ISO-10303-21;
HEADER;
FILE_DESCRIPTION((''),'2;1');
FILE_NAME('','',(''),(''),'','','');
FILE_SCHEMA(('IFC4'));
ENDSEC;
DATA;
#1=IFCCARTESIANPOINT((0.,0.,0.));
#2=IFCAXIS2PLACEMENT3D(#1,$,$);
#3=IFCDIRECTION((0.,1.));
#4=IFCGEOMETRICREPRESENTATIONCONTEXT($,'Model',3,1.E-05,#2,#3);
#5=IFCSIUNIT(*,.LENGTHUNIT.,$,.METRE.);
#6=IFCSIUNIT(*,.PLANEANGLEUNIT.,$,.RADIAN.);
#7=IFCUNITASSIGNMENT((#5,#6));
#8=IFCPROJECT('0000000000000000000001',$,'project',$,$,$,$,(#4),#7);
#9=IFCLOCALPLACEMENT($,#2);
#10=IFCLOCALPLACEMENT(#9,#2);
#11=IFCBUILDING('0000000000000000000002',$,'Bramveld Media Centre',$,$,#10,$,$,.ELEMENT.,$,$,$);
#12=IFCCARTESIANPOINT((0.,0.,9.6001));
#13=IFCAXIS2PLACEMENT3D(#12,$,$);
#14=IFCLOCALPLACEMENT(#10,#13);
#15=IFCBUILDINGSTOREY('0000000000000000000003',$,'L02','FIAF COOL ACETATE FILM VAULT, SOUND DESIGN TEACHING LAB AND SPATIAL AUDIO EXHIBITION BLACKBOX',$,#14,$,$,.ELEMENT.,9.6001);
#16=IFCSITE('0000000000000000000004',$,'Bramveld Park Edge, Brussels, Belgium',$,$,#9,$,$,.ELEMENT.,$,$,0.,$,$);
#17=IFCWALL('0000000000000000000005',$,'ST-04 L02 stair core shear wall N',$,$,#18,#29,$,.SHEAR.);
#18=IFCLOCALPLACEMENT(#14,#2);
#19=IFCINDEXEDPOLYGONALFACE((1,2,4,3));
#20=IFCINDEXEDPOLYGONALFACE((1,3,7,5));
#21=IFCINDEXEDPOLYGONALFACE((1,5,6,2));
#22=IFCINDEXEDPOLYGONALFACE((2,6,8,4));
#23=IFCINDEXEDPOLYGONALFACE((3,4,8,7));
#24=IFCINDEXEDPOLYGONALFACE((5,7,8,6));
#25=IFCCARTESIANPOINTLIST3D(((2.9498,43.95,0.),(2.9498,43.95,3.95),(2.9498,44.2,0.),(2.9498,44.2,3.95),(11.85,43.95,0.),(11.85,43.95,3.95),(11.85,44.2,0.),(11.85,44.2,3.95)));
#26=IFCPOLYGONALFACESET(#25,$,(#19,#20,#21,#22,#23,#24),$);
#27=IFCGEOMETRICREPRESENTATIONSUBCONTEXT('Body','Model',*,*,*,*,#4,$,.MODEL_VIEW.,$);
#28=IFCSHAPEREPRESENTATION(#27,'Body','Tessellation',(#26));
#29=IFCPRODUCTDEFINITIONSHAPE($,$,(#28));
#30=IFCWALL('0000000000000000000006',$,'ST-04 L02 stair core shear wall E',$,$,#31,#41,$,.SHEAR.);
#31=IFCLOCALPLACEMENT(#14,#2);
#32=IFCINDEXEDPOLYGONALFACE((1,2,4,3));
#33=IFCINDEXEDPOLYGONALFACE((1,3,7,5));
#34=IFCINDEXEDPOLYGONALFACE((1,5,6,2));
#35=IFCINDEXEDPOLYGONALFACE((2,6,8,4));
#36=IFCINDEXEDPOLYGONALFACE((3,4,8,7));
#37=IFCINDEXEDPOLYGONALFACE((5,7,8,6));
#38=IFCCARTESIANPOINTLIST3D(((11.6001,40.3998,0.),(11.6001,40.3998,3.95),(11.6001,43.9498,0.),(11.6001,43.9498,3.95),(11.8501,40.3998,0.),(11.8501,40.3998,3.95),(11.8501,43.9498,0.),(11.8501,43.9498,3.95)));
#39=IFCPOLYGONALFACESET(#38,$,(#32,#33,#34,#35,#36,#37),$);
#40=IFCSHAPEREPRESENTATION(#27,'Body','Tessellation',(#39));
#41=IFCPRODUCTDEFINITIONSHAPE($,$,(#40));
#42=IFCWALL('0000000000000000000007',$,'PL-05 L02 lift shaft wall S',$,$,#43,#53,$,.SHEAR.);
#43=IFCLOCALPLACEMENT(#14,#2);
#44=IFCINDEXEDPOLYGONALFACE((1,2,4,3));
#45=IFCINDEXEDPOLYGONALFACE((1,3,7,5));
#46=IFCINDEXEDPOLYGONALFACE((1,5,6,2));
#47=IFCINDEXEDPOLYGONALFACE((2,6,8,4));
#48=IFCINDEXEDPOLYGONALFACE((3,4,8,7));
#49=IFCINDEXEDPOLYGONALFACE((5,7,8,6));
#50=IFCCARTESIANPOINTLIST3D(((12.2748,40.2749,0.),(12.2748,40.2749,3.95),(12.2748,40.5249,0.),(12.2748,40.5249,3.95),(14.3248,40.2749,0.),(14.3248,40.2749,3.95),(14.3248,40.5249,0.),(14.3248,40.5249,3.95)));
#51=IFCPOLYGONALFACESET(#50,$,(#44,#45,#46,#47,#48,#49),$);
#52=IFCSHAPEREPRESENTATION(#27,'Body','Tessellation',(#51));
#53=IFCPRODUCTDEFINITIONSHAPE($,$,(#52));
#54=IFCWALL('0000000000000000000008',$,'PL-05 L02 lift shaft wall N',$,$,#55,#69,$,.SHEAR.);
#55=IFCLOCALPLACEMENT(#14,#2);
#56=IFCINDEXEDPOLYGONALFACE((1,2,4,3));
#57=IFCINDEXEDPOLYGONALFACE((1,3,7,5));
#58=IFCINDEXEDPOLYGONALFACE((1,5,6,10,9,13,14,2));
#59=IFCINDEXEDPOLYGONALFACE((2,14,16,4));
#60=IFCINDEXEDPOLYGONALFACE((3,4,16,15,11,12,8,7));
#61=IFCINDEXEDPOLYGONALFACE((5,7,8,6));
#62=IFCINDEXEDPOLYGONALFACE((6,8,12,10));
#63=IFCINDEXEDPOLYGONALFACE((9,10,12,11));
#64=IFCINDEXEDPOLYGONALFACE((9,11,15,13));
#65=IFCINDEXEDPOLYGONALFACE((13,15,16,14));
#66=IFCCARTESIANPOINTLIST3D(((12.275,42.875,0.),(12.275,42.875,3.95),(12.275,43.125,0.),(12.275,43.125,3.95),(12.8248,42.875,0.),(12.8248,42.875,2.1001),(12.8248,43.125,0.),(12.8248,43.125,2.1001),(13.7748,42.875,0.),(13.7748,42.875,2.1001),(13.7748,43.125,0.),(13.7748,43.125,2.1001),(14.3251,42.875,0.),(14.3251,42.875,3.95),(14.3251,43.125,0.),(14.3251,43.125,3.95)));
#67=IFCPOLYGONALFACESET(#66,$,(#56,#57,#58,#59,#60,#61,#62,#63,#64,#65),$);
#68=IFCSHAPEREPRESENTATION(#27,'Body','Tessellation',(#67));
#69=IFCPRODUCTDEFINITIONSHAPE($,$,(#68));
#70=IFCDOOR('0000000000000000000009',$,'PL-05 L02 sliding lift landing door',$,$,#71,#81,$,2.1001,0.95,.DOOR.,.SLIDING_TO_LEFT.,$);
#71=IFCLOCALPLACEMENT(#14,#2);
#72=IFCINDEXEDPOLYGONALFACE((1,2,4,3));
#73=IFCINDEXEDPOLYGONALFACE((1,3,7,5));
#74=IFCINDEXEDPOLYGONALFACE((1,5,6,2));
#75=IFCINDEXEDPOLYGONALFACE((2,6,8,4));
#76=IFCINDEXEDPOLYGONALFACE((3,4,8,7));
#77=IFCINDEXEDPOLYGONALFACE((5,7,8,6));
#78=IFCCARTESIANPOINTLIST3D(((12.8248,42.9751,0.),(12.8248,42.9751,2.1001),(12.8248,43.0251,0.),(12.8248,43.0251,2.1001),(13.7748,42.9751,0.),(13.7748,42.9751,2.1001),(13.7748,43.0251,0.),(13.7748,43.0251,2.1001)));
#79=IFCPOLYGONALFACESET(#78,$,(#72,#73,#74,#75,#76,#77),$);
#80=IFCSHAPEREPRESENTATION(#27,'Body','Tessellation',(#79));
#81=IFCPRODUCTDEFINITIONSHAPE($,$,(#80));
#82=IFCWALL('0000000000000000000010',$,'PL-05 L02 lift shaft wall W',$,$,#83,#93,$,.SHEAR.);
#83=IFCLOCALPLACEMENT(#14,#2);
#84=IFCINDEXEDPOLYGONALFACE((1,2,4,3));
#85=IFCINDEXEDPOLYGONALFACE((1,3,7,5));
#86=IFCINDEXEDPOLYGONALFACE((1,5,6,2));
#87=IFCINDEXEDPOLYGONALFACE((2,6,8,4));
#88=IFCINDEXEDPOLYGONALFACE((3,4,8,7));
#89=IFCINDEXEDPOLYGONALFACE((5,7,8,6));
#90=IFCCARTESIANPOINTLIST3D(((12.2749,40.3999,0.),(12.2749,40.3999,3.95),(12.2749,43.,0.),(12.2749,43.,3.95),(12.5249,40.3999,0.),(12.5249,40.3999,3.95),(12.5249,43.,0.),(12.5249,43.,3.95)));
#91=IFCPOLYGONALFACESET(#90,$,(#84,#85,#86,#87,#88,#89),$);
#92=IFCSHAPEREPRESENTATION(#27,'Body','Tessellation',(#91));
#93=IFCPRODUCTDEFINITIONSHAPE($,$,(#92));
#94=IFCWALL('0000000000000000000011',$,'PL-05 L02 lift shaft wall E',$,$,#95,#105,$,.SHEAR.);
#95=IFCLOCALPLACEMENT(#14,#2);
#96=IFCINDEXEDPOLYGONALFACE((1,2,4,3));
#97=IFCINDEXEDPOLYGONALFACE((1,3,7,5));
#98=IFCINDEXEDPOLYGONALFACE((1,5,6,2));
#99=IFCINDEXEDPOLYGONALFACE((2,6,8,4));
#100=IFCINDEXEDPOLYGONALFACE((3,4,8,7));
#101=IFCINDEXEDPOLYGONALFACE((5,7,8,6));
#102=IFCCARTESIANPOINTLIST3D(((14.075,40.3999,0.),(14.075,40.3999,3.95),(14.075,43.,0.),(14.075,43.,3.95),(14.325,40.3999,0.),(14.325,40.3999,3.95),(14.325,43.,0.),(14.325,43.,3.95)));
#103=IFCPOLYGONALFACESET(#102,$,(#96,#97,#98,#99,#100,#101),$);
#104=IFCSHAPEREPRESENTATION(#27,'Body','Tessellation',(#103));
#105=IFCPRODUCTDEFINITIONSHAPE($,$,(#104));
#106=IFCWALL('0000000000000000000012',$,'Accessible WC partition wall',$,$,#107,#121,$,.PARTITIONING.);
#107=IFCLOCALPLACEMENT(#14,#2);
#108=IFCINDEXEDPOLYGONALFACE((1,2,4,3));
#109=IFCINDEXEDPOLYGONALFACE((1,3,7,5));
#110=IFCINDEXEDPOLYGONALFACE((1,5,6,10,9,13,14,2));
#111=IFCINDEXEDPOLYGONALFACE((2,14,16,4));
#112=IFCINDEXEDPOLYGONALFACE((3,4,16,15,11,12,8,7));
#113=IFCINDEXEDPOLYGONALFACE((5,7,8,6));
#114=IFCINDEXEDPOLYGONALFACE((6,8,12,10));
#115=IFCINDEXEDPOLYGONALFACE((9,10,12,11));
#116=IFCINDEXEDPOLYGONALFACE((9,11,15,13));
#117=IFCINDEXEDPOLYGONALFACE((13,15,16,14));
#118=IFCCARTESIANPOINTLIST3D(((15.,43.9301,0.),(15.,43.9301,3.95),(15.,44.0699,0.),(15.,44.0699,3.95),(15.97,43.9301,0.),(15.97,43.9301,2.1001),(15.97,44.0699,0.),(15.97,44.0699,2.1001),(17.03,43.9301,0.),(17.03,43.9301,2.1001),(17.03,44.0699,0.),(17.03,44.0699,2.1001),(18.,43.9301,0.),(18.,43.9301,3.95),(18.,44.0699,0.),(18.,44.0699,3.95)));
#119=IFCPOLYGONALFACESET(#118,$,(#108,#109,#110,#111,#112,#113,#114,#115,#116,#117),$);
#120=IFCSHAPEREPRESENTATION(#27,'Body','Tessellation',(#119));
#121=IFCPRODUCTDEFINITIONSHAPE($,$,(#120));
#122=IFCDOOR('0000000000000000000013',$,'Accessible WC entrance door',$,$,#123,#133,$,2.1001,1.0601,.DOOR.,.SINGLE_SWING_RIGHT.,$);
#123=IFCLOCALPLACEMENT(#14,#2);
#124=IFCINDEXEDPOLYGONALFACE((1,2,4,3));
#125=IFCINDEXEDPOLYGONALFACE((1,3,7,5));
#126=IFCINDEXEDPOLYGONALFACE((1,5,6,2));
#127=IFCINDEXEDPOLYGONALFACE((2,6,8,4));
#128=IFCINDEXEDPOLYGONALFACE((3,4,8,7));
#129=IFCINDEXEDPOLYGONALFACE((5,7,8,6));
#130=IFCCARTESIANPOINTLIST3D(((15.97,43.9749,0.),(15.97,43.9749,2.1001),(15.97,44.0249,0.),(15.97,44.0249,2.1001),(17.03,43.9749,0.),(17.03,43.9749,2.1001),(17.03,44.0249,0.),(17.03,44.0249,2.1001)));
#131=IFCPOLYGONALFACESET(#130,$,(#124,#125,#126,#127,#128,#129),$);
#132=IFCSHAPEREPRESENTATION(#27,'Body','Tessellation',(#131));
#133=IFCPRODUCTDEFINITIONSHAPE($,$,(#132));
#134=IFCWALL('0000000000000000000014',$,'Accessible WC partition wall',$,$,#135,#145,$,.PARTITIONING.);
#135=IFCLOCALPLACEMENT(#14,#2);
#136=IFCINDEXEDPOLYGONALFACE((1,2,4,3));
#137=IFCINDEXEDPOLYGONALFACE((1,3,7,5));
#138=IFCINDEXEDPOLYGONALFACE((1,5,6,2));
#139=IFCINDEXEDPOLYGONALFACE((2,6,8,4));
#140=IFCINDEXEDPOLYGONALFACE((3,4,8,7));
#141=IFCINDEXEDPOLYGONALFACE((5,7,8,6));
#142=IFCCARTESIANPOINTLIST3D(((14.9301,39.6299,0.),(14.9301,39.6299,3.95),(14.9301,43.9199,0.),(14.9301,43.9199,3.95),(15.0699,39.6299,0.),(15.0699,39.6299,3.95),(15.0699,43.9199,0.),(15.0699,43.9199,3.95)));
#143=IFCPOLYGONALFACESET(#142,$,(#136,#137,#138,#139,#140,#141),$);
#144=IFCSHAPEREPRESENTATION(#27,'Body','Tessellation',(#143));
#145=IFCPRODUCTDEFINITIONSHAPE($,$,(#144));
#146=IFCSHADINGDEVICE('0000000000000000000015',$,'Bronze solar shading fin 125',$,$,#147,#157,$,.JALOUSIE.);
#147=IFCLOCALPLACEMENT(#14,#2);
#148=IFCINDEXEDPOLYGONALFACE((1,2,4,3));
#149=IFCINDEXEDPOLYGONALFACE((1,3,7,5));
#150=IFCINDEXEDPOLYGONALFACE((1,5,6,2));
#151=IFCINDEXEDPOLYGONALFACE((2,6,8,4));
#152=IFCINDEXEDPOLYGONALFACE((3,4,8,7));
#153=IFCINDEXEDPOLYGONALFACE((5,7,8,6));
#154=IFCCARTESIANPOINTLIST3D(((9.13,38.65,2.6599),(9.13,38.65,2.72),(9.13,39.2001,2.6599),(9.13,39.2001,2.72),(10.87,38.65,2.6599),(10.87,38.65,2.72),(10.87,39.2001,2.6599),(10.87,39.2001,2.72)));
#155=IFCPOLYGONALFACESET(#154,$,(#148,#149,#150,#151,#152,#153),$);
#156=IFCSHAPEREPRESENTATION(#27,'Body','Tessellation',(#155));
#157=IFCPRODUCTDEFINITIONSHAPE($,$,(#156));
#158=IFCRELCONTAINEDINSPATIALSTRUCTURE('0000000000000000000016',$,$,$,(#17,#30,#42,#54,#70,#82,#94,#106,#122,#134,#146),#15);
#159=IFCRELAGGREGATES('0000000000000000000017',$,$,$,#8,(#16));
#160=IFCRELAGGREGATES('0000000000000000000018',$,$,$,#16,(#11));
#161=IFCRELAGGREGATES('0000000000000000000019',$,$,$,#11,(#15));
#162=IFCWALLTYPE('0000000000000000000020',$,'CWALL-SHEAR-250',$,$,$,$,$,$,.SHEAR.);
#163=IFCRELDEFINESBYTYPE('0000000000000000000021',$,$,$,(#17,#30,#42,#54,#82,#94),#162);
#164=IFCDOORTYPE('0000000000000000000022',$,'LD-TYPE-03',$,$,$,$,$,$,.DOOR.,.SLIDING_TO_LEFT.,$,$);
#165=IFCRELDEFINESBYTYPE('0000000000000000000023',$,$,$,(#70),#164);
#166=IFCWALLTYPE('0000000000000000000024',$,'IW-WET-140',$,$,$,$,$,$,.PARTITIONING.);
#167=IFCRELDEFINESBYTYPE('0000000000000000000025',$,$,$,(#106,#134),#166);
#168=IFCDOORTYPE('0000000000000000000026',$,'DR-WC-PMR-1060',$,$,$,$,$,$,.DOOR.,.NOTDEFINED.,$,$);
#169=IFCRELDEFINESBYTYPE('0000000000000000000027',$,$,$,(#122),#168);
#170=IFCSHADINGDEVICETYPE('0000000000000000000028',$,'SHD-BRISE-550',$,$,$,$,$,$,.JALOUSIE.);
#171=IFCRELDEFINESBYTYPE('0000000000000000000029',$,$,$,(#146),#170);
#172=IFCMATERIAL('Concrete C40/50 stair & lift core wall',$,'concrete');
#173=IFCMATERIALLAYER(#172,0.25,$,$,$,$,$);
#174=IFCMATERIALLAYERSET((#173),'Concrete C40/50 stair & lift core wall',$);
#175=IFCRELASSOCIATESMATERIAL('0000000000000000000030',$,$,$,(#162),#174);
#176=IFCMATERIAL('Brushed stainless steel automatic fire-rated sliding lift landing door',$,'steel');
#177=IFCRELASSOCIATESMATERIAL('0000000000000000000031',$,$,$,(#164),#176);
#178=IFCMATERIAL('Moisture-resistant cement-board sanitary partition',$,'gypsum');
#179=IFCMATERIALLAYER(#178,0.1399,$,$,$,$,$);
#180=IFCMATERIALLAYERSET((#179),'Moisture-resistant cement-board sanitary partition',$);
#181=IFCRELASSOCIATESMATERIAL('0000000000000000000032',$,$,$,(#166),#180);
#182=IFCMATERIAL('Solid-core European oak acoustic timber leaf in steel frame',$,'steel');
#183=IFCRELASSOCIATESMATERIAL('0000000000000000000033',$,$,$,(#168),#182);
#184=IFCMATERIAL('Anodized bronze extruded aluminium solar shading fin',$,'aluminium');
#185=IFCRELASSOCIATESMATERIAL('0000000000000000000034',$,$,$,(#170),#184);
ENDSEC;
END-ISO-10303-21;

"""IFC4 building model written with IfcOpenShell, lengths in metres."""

from ifc_helpers import new_model, si_unit, direction, frame, frame_2d, origin, origin_2d, place, context, subcontext, project, spatial, rectangle, extrude, material, layer, layer_set, type_object, element, fill, save


model = new_model("IFC4")

# Units and contexts
model_context = context("Model", 3, precision=1e-05, world=origin(), true_north=direction((0.0, 1.0)))
body_context = subcontext(model_context, "Body", "Model", "MODEL_VIEW")
ifc_project = project(units=[si_unit("LENGTHUNIT", "METRE"), si_unit("PLANEANGLEUNIT", "RADIAN")], contexts=[model_context])

# Site, building, storey
site_placement = place(None, origin())
site = spatial("IfcSite", under=ifc_project, at=site_placement, Name="Bramveld Park Edge, Brussels, Belgium", CompositionType="ELEMENT", RefElevation=0.0)
building_placement = place(site_placement, origin())
building = spatial("IfcBuilding", under=site, at=building_placement, Name="Bramveld Media Centre", CompositionType="ELEMENT")
storey_placement = place(building_placement, frame((0.0, 0.0, 9.6001)))
storey = spatial("IfcBuildingStorey", under=building, at=storey_placement, Name="L02", Description="FIAF COOL ACETATE FILM VAULT, SOUND DESIGN TEACHING LAB AND SPATIAL AUDIO EXHIBITION BLACKBOX", CompositionType="ELEMENT", Elevation=9.6001)

# Walls
ifc_material_1 = material(Name="Concrete C40/50 stair & lift core wall", Category="concrete")
ifc_layer_1 = layer(ifc_material_1, 0.25)
ifc_layer_set_1 = layer_set([ifc_layer_1], Name="Concrete C40/50 stair & lift core wall")
wall_type_1 = type_object("IfcWallType", Name="CWALL-SHEAR-250", PredefinedType="SHEAR", material=ifc_layer_set_1)
wall_1_placement = place(storey_placement, frame((11.8501, 44.075, 0.0), z_axis=(0.0, 0.0, 1.0), x_axis=(-1.0, 0.0, 0.0)))
element("IfcWall", 1, at=wall_1_placement, inside=storey, type_object=wall_type_1, Name="ST-04 L02 stair core shear wall N", PredefinedType="SHEAR", context=body_context, shape_type="SweptSolid", body=[
    extrude(rectangle(XDim=8.9001, YDim=0.25, at=frame_2d((4.4502, 0.0))), origin(), (0.0, 0.0, 1.0), 3.95),
])
wall_2_placement = place(storey_placement, frame((11.7251, 40.3999, 0.0), z_axis=(0.0, 0.0, 1.0), x_axis=(0.0, 1.0, 0.0)))
element("IfcWall", 2, at=wall_2_placement, inside=storey, type_object=wall_type_1, Name="ST-04 L02 stair core shear wall E", PredefinedType="SHEAR", context=body_context, shape_type="SweptSolid", body=[
    extrude(rectangle(XDim=3.55, YDim=0.25, at=frame_2d((1.7749, 0.0))), origin(), (0.0, 0.0, 1.0), 3.95),
])
wall_3_placement = place(storey_placement, frame((12.2749, 40.3999, 0.0), z_axis=(0.0, 0.0, 1.0), x_axis=(1.0, 0.0, 0.0)))
element("IfcWall", 3, at=wall_3_placement, inside=storey, type_object=wall_type_1, Name="PL-05 L02 lift shaft wall S", PredefinedType="SHEAR", context=body_context, shape_type="SweptSolid", body=[
    extrude(rectangle(XDim=2.05, YDim=0.25, at=frame_2d((1.0249, 0.0))), origin(), (0.0, 0.0, 1.0), 3.95),
])

# Wall, opening, door
wall_4_placement = place(storey_placement, frame((14.325, 43.0, 0.0), z_axis=(0.0, 0.0, 1.0), x_axis=(-1.0, 0.0, 0.0)))
wall_4 = element("IfcWall", 4, at=wall_4_placement, inside=storey, type_object=wall_type_1, Name="PL-05 L02 lift shaft wall N", PredefinedType="SHEAR", context=body_context, shape_type="SweptSolid", body=[
    extrude(rectangle(XDim=2.05, YDim=0.25, at=frame_2d((1.0249, 0.0))), origin(), (0.0, 0.0, 1.0), 3.95),
])
opening_1_placement = place(wall_4_placement, frame((0.55, 0.0, 0.0)))
opening_1 = element("IfcOpeningElement", 5, at=opening_1_placement, cuts=wall_4, PredefinedType="OPENING", context=body_context, shape_type="SweptSolid", body=[
    extrude(rectangle(XDim=0.95, YDim=2.1001, at=frame_2d((0.4751, 1.05))), frame((0.0, 0.137, 0.0), z_axis=(0.0, -1.0, 0.0), x_axis=(1.0, 0.0, 0.0)), (0.0, 0.0, 1.0), 0.2739),
])
ifc_material_2 = material(Name="Brushed stainless steel automatic fire-rated sliding lift landing door", Category="steel")
door_type_1 = type_object("IfcDoorType", Name="LD-TYPE-03", OperationType="SLIDING_TO_LEFT", PredefinedType="DOOR", material=ifc_material_2)
door_1_placement = place(opening_1_placement, origin())
door_1 = element("IfcDoor", 6, at=door_1_placement, inside=storey, type_object=door_type_1, Name="PL-05 L02 sliding lift landing door", OperationType="SLIDING_TO_LEFT", OverallHeight=2.1001, OverallWidth=0.95, PredefinedType="DOOR", context=body_context, shape_type="SweptSolid", body=[
    extrude(rectangle(XDim=0.95, YDim=2.1001, at=frame_2d((0.4751, 1.05))), frame((0.0, 0.0249, 0.0), z_axis=(0.0, -1.0, 0.0), x_axis=(1.0, 0.0, 0.0)), (0.0, 0.0, 1.0), 0.05),
])
fill(opening_1, door_1)

# Walls
for number, where, z_axis, x_axis, name in (
    (7, (12.3999, 43.0, 0.0), (0.0, 0.0, 1.0), (0.0, -1.0, 0.0), "PL-05 L02 lift shaft wall W"),
    (8, (14.2, 40.3999, 0.0), (0.0, 0.0, 1.0), (0.0, 1.0, 0.0), "PL-05 L02 lift shaft wall E"),
):
    element("IfcWall", number, at=place(storey_placement, frame(where, z_axis=z_axis, x_axis=x_axis)), inside=storey, type_object=wall_type_1, Name=name, PredefinedType="SHEAR", context=body_context, shape_type="SweptSolid", body=[
        extrude(rectangle(XDim=2.6001, YDim=0.25, at=frame_2d((1.3, 0.0))), origin(), (0.0, 0.0, 1.0), 3.95),
    ])

# Wall, opening, door
ifc_material_3 = material(Name="Moisture-resistant cement-board sanitary partition", Category="gypsum")
ifc_layer_2 = layer(ifc_material_3, 0.1399)
ifc_layer_set_2 = layer_set([ifc_layer_2], Name="Moisture-resistant cement-board sanitary partition")
wall_type_2 = type_object("IfcWallType", Name="IW-WET-140", PredefinedType="PARTITIONING", material=ifc_layer_set_2)
wall_5_placement = place(storey_placement, frame((15.0, 44.0, 0.0), z_axis=(0.0, 0.0, 1.0), x_axis=(1.0, 0.0, 0.0)))
wall_5 = element("IfcWall", 9, at=wall_5_placement, inside=storey, type_object=wall_type_2, Name="Accessible WC partition wall", PredefinedType="PARTITIONING", context=body_context, shape_type="SweptSolid", body=[
    extrude(rectangle(XDim=3.0, YDim=0.1399, at=frame_2d((1.5, 0.0))), origin(), (0.0, 0.0, 1.0), 3.95),
])
opening_2_placement = place(wall_5_placement, frame((0.97, 0.0, 0.0)))
opening_2 = element("IfcOpeningElement", 10, at=opening_2_placement, cuts=wall_5, PredefinedType="OPENING", context=body_context, shape_type="SweptSolid", body=[
    extrude(rectangle(XDim=1.0601, YDim=2.1001, at=frame_2d((0.53, 1.05))), frame((0.0, 0.082, 0.0), z_axis=(0.0, -1.0, 0.0), x_axis=(1.0, 0.0, 0.0)), (0.0, 0.0, 1.0), 0.1638),
])
ifc_material_4 = material(Name="Solid-core European oak acoustic timber leaf in steel frame", Category="steel")
door_type_2 = type_object("IfcDoorType", Name="DR-WC-PMR-1060", OperationType="NOTDEFINED", PredefinedType="DOOR", material=ifc_material_4)
door_2_placement = place(opening_2_placement, origin())
door_2 = element("IfcDoor", 11, at=door_2_placement, inside=storey, type_object=door_type_2, Name="Accessible WC entrance door", OperationType="SINGLE_SWING_RIGHT", OverallHeight=2.1001, OverallWidth=1.0601, PredefinedType="DOOR", context=body_context, shape_type="SweptSolid", body=[
    extrude(rectangle(XDim=1.0601, YDim=2.1001, at=frame_2d((0.53, 1.05))), frame((0.0, 0.0249, 0.0), z_axis=(0.0, -1.0, 0.0), x_axis=(1.0, 0.0, 0.0)), (0.0, 0.0, 1.0), 0.05),
])
fill(opening_2, door_2)

# Wall
wall_6_placement = place(storey_placement, frame((15.0, 39.6299, 0.0), z_axis=(0.0, 0.0, 1.0), x_axis=(0.0, 1.0, 0.0)))
element("IfcWall", 12, at=wall_6_placement, inside=storey, type_object=wall_type_2, Name="Accessible WC partition wall", PredefinedType="PARTITIONING", context=body_context, shape_type="SweptSolid", body=[
    extrude(rectangle(XDim=4.29, YDim=0.1399, at=frame_2d((2.145, 0.0))), origin(), (0.0, 0.0, 1.0), 3.95),
])

# Shading device
ifc_material_5 = material(Name="Anodized bronze extruded aluminium solar shading fin", Category="aluminium")
shading_device_type = type_object("IfcShadingDeviceType", Name="SHD-BRISE-550", PredefinedType="JALOUSIE", material=ifc_material_5)
shading_device_placement = place(storey_placement, frame((10.0, 38.925, 2.6599), z_axis=(0.0, 0.0, 1.0), x_axis=(1.0, 0.0, 0.0)))
element("IfcShadingDevice", 13, at=shading_device_placement, inside=storey, type_object=shading_device_type, Name="Bronze solar shading fin 125", PredefinedType="JALOUSIE", context=body_context, shape_type="SweptSolid", body=[
    extrude(rectangle(XDim=1.74, YDim=0.55, at=origin_2d()), origin(), (0.0, 0.0, 1.0), 0.0601),
])

save(model, "model.ifc")
